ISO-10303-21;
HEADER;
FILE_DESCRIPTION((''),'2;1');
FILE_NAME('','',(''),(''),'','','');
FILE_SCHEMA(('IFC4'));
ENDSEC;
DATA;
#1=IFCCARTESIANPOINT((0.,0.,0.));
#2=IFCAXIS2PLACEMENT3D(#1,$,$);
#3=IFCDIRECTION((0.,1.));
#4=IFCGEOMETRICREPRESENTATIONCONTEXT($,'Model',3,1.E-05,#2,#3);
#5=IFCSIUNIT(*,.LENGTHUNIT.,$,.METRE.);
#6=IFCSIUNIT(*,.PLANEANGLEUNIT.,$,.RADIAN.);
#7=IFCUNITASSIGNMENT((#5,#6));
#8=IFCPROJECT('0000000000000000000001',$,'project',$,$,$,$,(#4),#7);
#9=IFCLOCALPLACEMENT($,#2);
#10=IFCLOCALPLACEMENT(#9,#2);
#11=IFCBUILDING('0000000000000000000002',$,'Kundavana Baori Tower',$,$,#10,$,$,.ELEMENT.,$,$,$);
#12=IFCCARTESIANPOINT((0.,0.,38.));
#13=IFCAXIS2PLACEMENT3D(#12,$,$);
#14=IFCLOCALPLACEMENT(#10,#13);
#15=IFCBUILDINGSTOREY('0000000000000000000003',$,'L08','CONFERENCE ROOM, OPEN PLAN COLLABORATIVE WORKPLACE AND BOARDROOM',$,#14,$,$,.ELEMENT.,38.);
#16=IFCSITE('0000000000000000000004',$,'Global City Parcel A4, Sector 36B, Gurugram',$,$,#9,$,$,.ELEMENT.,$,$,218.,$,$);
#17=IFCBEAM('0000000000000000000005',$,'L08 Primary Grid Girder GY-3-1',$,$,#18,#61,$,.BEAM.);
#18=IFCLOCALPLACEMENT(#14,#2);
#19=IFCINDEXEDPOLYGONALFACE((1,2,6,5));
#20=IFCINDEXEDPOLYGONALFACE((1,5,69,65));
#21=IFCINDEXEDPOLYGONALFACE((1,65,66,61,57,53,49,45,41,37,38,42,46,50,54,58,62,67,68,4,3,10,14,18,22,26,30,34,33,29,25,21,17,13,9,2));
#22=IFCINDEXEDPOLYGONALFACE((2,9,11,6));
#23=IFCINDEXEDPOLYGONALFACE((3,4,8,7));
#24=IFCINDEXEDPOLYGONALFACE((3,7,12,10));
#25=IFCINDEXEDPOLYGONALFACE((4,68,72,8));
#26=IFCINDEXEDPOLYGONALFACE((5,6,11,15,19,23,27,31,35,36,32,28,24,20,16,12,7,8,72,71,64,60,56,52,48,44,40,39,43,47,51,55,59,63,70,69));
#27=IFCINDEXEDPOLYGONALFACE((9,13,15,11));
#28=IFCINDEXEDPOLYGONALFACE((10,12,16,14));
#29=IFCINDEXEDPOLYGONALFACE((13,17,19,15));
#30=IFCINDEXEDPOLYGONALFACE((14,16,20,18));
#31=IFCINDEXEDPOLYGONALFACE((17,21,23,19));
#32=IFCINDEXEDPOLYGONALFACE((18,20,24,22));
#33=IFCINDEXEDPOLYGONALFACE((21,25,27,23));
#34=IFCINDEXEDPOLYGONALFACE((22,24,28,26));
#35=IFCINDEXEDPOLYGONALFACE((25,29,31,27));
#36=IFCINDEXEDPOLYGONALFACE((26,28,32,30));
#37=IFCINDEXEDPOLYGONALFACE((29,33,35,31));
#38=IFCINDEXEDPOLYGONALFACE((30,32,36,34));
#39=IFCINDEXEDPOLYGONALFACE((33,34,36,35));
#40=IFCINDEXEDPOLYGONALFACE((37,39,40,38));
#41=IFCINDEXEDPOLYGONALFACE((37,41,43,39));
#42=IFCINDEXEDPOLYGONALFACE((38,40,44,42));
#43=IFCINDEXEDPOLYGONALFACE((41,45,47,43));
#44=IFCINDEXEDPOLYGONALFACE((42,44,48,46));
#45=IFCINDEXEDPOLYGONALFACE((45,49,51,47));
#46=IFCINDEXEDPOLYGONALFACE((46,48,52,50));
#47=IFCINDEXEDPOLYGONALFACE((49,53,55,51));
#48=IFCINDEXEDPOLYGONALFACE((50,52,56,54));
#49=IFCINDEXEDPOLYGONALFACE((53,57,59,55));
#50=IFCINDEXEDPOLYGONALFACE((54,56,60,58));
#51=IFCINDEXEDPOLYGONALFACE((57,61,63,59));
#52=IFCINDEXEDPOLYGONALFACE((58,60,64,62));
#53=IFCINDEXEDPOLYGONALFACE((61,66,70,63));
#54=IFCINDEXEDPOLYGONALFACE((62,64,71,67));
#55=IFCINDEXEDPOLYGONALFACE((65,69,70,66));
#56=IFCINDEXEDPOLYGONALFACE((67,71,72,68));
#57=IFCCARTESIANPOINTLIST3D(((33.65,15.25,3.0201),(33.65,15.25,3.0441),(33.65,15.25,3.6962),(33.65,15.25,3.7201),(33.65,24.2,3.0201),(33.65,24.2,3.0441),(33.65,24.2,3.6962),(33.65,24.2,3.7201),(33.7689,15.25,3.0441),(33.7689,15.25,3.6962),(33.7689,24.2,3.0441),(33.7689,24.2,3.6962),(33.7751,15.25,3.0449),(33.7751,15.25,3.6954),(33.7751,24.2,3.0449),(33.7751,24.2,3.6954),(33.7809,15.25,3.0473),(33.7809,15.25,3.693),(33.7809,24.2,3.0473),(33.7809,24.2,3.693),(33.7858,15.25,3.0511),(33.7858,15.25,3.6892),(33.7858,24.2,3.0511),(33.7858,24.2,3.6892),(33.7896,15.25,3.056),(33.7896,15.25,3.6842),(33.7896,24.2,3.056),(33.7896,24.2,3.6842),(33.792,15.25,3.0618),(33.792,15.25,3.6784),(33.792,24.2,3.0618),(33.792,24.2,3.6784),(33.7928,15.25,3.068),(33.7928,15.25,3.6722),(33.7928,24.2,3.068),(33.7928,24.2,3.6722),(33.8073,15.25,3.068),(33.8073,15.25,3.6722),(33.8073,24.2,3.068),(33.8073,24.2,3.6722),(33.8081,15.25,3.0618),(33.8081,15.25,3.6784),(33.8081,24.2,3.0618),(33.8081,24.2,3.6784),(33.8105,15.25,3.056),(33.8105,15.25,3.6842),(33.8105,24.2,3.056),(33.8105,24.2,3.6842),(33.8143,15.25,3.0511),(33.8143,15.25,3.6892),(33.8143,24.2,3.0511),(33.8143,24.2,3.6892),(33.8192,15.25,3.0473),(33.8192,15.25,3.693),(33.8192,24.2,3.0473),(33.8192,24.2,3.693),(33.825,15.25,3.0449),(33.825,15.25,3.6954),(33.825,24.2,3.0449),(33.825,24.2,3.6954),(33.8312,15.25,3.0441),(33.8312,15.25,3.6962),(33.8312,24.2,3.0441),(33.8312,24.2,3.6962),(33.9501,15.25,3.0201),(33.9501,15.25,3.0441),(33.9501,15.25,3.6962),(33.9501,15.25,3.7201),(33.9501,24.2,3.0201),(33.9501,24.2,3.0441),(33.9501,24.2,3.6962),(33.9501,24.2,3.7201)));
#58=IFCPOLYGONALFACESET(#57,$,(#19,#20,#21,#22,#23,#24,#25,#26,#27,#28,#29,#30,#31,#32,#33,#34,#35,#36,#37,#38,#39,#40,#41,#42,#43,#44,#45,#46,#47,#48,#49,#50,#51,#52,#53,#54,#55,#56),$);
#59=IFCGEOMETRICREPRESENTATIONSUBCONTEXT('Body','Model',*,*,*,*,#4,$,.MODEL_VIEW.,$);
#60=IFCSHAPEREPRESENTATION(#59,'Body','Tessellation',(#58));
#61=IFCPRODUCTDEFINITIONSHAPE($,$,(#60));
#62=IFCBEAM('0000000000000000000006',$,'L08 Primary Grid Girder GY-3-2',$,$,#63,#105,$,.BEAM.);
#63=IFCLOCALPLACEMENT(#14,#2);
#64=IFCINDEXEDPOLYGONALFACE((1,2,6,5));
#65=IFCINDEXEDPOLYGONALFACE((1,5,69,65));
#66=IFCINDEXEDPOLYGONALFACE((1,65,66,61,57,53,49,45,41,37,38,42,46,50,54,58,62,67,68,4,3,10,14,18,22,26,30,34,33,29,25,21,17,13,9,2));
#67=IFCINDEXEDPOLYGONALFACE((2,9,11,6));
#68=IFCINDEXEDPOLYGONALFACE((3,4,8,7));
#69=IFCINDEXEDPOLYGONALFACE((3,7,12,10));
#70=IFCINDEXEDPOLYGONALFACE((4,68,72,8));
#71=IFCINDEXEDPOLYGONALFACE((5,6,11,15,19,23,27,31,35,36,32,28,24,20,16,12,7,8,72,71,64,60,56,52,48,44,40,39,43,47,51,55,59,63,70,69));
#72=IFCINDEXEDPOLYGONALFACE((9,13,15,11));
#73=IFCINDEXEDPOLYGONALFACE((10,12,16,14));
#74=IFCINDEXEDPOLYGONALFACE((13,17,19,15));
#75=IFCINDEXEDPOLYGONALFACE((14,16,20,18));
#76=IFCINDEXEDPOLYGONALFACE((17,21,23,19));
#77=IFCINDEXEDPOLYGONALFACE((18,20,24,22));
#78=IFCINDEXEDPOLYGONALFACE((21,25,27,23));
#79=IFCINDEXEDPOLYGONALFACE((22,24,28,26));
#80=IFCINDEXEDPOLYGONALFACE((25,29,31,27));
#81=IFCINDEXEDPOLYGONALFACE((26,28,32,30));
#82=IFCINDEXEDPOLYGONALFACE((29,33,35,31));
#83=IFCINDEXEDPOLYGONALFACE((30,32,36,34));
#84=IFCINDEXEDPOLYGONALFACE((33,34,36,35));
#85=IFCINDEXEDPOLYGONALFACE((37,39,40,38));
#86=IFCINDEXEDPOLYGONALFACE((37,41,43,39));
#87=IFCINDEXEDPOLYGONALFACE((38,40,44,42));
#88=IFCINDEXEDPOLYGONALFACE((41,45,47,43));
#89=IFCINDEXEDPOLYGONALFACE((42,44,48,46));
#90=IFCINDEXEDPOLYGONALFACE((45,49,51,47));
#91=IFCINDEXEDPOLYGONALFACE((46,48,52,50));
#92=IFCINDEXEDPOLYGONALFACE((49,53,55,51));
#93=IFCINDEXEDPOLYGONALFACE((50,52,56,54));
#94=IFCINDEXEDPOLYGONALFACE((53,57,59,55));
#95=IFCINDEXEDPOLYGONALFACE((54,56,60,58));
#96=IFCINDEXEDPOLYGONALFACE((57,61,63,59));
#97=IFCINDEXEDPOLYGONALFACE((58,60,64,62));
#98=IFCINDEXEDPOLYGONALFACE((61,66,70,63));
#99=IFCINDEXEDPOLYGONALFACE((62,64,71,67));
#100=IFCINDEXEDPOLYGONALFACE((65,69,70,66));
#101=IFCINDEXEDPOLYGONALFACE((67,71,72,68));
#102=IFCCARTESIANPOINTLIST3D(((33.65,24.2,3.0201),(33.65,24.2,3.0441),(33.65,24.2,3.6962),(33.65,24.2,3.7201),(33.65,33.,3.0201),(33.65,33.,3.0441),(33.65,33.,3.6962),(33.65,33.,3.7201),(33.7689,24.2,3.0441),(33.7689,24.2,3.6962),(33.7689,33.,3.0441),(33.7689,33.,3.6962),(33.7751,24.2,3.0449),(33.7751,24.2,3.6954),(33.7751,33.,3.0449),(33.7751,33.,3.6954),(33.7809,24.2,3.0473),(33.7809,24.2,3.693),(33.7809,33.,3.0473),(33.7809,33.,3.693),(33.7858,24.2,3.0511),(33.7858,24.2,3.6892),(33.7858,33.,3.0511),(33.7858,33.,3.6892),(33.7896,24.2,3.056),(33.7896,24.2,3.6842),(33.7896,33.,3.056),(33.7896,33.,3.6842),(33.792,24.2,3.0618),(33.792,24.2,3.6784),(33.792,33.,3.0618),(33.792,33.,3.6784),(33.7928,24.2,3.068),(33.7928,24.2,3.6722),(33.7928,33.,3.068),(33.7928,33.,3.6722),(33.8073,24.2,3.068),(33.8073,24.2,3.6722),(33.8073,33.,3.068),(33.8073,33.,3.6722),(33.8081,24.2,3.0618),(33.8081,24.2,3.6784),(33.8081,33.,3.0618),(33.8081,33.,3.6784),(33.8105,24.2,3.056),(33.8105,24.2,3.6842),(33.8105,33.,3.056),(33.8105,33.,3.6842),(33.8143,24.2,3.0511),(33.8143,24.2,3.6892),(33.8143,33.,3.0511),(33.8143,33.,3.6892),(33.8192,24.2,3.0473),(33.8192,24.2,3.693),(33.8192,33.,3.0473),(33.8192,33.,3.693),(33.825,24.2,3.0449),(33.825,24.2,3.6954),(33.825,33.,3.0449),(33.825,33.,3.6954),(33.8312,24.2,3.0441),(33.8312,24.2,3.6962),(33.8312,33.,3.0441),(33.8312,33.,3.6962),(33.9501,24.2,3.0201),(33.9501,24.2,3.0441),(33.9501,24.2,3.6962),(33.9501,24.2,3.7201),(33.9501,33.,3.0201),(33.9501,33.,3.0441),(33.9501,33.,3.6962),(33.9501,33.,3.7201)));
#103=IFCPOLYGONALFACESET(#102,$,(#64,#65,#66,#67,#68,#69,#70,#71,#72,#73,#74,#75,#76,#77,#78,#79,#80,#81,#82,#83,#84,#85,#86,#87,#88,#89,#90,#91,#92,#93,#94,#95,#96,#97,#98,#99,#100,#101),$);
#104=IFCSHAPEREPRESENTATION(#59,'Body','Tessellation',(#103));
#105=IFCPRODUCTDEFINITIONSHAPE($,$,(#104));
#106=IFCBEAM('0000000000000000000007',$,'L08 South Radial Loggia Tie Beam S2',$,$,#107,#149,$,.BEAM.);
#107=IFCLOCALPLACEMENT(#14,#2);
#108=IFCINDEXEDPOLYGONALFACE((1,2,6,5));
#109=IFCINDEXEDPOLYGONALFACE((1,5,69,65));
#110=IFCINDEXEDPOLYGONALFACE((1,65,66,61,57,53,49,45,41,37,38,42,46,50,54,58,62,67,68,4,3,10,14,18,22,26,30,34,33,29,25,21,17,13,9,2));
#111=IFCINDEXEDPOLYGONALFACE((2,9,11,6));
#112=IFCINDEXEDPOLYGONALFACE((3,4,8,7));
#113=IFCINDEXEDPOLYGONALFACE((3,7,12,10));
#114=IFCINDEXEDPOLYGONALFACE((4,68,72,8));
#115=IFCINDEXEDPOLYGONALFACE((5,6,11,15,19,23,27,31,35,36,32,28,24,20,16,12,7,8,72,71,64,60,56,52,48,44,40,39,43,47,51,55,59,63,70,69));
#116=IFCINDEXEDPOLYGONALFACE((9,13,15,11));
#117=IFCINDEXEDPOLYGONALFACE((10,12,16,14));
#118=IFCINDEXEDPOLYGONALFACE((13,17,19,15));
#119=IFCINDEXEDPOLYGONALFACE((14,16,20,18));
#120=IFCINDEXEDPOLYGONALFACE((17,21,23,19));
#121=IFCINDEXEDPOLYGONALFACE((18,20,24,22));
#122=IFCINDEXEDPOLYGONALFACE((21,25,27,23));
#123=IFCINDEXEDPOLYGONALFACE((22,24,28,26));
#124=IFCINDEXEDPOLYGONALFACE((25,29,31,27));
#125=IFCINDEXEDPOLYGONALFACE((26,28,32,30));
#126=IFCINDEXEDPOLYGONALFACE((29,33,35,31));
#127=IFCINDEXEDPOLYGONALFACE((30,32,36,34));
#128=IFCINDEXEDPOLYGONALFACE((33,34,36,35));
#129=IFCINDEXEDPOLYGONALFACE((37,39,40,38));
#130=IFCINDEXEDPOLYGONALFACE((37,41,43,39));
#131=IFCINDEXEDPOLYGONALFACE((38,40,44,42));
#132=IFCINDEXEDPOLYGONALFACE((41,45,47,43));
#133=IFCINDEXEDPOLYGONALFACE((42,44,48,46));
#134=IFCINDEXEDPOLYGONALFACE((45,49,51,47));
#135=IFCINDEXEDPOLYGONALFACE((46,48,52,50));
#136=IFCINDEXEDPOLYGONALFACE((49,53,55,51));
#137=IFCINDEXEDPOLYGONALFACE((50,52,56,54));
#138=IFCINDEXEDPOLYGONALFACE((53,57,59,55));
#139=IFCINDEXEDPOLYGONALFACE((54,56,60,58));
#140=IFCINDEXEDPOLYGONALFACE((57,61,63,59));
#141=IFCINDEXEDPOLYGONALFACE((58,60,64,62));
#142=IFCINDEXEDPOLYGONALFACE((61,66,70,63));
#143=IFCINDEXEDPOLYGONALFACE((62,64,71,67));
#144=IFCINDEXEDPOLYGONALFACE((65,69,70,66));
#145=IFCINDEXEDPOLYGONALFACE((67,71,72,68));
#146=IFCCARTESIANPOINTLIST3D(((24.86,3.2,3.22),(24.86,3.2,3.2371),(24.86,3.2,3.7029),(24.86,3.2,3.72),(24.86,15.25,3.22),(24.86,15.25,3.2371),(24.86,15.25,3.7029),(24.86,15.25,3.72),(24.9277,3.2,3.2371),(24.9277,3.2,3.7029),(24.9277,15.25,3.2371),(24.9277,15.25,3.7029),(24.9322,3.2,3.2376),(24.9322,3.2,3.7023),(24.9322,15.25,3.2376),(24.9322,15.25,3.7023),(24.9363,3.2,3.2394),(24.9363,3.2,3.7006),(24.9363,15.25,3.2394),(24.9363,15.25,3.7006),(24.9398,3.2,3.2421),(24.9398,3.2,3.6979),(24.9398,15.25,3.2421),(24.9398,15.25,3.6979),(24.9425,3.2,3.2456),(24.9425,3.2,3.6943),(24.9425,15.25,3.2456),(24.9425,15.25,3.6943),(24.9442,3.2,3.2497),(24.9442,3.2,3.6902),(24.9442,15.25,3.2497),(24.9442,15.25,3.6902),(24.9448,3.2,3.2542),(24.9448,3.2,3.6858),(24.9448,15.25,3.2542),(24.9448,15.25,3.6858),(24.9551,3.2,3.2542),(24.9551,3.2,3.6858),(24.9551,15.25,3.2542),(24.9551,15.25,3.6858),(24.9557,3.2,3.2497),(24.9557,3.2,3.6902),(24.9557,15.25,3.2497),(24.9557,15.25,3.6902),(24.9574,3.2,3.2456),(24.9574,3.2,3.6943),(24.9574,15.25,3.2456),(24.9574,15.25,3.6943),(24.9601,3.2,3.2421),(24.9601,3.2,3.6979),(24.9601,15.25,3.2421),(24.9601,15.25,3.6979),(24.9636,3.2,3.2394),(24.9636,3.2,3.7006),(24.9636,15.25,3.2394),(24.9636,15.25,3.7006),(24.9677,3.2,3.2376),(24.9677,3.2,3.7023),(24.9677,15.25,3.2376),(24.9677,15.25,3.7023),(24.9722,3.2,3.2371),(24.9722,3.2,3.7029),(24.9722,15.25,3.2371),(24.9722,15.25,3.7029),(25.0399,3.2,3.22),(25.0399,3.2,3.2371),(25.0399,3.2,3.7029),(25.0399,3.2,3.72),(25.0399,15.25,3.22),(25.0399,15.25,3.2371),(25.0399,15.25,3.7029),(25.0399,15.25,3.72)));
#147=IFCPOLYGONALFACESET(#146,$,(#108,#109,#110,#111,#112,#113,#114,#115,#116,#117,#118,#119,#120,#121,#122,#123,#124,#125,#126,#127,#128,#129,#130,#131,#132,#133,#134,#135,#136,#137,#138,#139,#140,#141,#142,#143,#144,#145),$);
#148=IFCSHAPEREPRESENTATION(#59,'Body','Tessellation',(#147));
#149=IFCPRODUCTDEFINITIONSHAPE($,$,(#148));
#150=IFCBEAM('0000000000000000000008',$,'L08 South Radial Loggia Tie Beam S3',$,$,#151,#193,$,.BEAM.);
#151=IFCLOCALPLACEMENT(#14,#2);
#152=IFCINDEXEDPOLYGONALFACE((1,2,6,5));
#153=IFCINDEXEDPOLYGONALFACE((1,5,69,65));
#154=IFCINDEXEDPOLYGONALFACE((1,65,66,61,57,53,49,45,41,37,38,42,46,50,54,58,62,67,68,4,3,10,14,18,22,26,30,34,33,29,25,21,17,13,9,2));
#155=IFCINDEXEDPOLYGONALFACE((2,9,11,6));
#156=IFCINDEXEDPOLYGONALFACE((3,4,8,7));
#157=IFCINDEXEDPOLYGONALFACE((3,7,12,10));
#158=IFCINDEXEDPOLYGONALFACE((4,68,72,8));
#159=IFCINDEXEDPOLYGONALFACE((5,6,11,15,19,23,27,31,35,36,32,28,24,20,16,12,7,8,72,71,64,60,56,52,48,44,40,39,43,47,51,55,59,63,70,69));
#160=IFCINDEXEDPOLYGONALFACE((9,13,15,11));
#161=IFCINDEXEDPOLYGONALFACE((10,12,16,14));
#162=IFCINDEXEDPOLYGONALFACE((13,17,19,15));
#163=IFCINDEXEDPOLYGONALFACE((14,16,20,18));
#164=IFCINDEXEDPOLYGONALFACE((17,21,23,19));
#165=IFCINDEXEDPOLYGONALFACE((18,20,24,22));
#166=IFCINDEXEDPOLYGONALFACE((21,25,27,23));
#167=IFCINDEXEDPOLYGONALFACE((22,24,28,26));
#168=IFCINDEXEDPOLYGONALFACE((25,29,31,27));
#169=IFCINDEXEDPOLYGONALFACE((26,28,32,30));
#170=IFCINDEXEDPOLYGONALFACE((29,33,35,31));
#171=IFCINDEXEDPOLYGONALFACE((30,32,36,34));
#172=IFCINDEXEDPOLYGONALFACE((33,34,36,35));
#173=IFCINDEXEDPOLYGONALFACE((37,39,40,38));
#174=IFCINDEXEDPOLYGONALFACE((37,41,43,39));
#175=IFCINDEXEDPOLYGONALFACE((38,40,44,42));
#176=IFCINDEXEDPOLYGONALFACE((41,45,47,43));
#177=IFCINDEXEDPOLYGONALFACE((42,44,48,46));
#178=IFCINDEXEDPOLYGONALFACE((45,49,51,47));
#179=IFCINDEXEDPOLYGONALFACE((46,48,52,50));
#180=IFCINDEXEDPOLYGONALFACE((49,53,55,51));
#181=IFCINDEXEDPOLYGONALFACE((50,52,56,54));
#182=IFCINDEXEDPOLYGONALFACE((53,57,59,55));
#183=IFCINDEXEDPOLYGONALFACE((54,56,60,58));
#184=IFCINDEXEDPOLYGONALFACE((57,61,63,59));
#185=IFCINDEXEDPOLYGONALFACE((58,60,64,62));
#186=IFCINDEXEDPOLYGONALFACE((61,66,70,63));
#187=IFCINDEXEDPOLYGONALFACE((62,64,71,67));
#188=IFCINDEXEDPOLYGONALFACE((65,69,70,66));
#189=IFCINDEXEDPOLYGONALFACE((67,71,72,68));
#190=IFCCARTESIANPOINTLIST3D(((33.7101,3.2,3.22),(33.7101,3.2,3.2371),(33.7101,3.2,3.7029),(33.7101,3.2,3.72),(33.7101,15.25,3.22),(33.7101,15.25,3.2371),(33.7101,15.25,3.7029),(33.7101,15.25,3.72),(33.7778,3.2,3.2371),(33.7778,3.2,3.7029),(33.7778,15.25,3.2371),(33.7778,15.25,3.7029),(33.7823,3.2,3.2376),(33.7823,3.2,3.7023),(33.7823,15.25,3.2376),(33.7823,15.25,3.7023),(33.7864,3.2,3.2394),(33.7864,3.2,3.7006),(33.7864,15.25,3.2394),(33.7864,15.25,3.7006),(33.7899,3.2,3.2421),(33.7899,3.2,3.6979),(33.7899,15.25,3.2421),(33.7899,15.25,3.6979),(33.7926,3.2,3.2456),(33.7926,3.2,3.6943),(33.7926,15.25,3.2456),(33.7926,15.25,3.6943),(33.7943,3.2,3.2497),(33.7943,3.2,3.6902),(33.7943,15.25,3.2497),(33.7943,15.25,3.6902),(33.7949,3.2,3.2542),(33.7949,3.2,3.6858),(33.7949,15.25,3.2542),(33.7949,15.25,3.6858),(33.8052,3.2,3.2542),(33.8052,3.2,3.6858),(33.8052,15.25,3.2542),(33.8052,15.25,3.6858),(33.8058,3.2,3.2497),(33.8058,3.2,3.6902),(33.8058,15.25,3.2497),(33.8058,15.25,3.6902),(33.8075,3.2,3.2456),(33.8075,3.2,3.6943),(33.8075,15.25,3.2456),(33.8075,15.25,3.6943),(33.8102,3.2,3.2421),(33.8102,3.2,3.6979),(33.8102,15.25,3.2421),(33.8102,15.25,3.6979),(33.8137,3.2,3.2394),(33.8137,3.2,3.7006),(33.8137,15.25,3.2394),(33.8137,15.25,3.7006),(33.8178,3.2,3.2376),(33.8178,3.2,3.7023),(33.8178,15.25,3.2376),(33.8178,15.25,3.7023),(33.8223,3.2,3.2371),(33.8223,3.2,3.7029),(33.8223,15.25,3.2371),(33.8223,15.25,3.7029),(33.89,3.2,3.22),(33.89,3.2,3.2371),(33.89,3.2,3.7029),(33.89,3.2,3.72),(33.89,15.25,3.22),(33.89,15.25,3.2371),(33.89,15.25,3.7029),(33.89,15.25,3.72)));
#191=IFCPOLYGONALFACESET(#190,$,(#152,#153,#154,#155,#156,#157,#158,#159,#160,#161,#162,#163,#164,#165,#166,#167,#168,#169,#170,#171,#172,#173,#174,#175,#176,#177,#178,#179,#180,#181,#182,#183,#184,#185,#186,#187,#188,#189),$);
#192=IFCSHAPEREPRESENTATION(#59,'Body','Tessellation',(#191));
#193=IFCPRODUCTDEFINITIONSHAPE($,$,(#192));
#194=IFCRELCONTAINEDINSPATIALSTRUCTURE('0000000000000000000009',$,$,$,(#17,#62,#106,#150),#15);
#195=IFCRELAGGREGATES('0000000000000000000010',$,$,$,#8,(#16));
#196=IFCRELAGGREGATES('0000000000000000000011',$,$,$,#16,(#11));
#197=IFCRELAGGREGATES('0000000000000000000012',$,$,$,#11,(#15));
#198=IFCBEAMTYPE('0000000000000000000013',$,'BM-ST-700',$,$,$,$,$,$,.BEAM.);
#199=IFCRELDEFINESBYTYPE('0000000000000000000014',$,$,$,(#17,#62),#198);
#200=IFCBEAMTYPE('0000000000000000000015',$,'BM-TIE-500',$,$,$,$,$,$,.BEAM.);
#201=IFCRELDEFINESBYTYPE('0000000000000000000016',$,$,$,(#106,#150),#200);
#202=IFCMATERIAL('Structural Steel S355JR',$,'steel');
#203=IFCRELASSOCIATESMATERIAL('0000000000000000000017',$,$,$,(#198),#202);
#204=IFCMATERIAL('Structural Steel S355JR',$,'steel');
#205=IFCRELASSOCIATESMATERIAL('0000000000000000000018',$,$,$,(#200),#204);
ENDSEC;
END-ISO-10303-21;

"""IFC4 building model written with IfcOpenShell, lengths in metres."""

from ifc_helpers import new_model, si_unit, direction, frame, origin, origin_2d, place, context, subcontext, project, spatial, i_section, extrude, material, material_profile, profile_set, type_object, element, save


model = new_model("IFC4")

# Units and contexts
model_context = context("Model", 3, precision=1e-05, world=origin(), true_north=direction((0.0, 1.0)))
body_context = subcontext(model_context, "Body", "Model", "MODEL_VIEW")
ifc_project = project(units=[si_unit("LENGTHUNIT", "METRE"), si_unit("PLANEANGLEUNIT", "RADIAN")], contexts=[model_context])

# Site, building, storey
site_placement = place(None, origin())
site = spatial("IfcSite", under=ifc_project, at=site_placement, Name="Global City Parcel A4, Sector 36B, Gurugram", CompositionType="ELEMENT", RefElevation=218.0)
building_placement = place(site_placement, origin())
building = spatial("IfcBuilding", under=site, at=building_placement, Name="Kundavana Baori Tower", CompositionType="ELEMENT")
storey_placement = place(building_placement, frame((0.0, 0.0, 38.0)))
storey = spatial("IfcBuildingStorey", under=building, at=storey_placement, Name="L08", Description="CONFERENCE ROOM, OPEN PLAN COLLABORATIVE WORKPLACE AND BOARDROOM", CompositionType="ELEMENT", Elevation=38.0)

# Beams
ifc_material_1 = material(Name="Structural Steel S355JR", Category="steel")
ifc_material_profile_1 = material_profile(ifc_material_1, i_section(OverallWidth=0.3, OverallDepth=0.7, WebThickness=0.0144, FlangeThickness=0.0239, FilletRadius=0.0239, at=origin_2d()), Name="NPB 700x300x170")
ifc_profile_set_1 = profile_set([ifc_material_profile_1], Name="Structural Steel S355JR")
beam_type_1 = type_object("IfcBeamType", Name="BM-ST-700", PredefinedType="BEAM", material=ifc_profile_set_1)
beam_1_placement = place(storey_placement, frame((33.8, 15.25, 3.3701), z_axis=(0.0, 1.0, 0.0), x_axis=(-1.0, 0.0, 0.0)))
element("IfcBeam", 1, at=beam_1_placement, inside=storey, type_object=beam_type_1, Name="L08 Primary Grid Girder GY-3-1", PredefinedType="BEAM", context=body_context, shape_type="SweptSolid", body=[
    extrude(i_section(OverallWidth=0.3, OverallDepth=0.7, WebThickness=0.0144, FlangeThickness=0.0239, FilletRadius=0.0239, at=origin_2d()), origin(), (0.0, 0.0, 1.0), 8.95),
])
beam_2_placement = place(storey_placement, frame((33.8, 24.2, 3.3701), z_axis=(0.0, 1.0, 0.0), x_axis=(-1.0, 0.0, 0.0)))
element("IfcBeam", 2, at=beam_2_placement, inside=storey, type_object=beam_type_1, Name="L08 Primary Grid Girder GY-3-2", PredefinedType="BEAM", context=body_context, shape_type="SweptSolid", body=[
    extrude(i_section(OverallWidth=0.3, OverallDepth=0.7, WebThickness=0.0144, FlangeThickness=0.0239, FilletRadius=0.0239, at=origin_2d()), origin(), (0.0, 0.0, 1.0), 8.8),
])
ifc_material_2 = material(Name="Structural Steel S355JR", Category="steel")
ifc_material_profile_2 = material_profile(ifc_material_2, i_section(OverallWidth=0.1799, OverallDepth=0.5, WebThickness=0.0103, FlangeThickness=0.0171, FilletRadius=0.0171, at=origin_2d()), Name="ISMB 500")
ifc_profile_set_2 = profile_set([ifc_material_profile_2], Name="Structural Steel S355JR")
beam_type_2 = type_object("IfcBeamType", Name="BM-TIE-500", PredefinedType="BEAM", material=ifc_profile_set_2)
for number, where, z_axis, x_axis, name in (
    (3, (24.95, 15.25, 3.47), (0.0, -1.0, 0.0), (1.0, 0.0, 0.0), "L08 South Radial Loggia Tie Beam S2"),
    (4, (33.8, 15.25, 3.47), (0.0, -1.0, 0.0), (1.0, 0.0, 0.0), "L08 South Radial Loggia Tie Beam S3"),
):
    element("IfcBeam", number, at=place(storey_placement, frame(where, z_axis=z_axis, x_axis=x_axis)), inside=storey, type_object=beam_type_2, Name=name, PredefinedType="BEAM", context=body_context, shape_type="SweptSolid", body=[
        extrude(i_section(OverallWidth=0.1799, OverallDepth=0.5, WebThickness=0.0103, FlangeThickness=0.0171, FilletRadius=0.0171, at=origin_2d()), origin(), (0.0, 0.0, 1.0), 12.05),
    ])

save(model, "model.ifc")
